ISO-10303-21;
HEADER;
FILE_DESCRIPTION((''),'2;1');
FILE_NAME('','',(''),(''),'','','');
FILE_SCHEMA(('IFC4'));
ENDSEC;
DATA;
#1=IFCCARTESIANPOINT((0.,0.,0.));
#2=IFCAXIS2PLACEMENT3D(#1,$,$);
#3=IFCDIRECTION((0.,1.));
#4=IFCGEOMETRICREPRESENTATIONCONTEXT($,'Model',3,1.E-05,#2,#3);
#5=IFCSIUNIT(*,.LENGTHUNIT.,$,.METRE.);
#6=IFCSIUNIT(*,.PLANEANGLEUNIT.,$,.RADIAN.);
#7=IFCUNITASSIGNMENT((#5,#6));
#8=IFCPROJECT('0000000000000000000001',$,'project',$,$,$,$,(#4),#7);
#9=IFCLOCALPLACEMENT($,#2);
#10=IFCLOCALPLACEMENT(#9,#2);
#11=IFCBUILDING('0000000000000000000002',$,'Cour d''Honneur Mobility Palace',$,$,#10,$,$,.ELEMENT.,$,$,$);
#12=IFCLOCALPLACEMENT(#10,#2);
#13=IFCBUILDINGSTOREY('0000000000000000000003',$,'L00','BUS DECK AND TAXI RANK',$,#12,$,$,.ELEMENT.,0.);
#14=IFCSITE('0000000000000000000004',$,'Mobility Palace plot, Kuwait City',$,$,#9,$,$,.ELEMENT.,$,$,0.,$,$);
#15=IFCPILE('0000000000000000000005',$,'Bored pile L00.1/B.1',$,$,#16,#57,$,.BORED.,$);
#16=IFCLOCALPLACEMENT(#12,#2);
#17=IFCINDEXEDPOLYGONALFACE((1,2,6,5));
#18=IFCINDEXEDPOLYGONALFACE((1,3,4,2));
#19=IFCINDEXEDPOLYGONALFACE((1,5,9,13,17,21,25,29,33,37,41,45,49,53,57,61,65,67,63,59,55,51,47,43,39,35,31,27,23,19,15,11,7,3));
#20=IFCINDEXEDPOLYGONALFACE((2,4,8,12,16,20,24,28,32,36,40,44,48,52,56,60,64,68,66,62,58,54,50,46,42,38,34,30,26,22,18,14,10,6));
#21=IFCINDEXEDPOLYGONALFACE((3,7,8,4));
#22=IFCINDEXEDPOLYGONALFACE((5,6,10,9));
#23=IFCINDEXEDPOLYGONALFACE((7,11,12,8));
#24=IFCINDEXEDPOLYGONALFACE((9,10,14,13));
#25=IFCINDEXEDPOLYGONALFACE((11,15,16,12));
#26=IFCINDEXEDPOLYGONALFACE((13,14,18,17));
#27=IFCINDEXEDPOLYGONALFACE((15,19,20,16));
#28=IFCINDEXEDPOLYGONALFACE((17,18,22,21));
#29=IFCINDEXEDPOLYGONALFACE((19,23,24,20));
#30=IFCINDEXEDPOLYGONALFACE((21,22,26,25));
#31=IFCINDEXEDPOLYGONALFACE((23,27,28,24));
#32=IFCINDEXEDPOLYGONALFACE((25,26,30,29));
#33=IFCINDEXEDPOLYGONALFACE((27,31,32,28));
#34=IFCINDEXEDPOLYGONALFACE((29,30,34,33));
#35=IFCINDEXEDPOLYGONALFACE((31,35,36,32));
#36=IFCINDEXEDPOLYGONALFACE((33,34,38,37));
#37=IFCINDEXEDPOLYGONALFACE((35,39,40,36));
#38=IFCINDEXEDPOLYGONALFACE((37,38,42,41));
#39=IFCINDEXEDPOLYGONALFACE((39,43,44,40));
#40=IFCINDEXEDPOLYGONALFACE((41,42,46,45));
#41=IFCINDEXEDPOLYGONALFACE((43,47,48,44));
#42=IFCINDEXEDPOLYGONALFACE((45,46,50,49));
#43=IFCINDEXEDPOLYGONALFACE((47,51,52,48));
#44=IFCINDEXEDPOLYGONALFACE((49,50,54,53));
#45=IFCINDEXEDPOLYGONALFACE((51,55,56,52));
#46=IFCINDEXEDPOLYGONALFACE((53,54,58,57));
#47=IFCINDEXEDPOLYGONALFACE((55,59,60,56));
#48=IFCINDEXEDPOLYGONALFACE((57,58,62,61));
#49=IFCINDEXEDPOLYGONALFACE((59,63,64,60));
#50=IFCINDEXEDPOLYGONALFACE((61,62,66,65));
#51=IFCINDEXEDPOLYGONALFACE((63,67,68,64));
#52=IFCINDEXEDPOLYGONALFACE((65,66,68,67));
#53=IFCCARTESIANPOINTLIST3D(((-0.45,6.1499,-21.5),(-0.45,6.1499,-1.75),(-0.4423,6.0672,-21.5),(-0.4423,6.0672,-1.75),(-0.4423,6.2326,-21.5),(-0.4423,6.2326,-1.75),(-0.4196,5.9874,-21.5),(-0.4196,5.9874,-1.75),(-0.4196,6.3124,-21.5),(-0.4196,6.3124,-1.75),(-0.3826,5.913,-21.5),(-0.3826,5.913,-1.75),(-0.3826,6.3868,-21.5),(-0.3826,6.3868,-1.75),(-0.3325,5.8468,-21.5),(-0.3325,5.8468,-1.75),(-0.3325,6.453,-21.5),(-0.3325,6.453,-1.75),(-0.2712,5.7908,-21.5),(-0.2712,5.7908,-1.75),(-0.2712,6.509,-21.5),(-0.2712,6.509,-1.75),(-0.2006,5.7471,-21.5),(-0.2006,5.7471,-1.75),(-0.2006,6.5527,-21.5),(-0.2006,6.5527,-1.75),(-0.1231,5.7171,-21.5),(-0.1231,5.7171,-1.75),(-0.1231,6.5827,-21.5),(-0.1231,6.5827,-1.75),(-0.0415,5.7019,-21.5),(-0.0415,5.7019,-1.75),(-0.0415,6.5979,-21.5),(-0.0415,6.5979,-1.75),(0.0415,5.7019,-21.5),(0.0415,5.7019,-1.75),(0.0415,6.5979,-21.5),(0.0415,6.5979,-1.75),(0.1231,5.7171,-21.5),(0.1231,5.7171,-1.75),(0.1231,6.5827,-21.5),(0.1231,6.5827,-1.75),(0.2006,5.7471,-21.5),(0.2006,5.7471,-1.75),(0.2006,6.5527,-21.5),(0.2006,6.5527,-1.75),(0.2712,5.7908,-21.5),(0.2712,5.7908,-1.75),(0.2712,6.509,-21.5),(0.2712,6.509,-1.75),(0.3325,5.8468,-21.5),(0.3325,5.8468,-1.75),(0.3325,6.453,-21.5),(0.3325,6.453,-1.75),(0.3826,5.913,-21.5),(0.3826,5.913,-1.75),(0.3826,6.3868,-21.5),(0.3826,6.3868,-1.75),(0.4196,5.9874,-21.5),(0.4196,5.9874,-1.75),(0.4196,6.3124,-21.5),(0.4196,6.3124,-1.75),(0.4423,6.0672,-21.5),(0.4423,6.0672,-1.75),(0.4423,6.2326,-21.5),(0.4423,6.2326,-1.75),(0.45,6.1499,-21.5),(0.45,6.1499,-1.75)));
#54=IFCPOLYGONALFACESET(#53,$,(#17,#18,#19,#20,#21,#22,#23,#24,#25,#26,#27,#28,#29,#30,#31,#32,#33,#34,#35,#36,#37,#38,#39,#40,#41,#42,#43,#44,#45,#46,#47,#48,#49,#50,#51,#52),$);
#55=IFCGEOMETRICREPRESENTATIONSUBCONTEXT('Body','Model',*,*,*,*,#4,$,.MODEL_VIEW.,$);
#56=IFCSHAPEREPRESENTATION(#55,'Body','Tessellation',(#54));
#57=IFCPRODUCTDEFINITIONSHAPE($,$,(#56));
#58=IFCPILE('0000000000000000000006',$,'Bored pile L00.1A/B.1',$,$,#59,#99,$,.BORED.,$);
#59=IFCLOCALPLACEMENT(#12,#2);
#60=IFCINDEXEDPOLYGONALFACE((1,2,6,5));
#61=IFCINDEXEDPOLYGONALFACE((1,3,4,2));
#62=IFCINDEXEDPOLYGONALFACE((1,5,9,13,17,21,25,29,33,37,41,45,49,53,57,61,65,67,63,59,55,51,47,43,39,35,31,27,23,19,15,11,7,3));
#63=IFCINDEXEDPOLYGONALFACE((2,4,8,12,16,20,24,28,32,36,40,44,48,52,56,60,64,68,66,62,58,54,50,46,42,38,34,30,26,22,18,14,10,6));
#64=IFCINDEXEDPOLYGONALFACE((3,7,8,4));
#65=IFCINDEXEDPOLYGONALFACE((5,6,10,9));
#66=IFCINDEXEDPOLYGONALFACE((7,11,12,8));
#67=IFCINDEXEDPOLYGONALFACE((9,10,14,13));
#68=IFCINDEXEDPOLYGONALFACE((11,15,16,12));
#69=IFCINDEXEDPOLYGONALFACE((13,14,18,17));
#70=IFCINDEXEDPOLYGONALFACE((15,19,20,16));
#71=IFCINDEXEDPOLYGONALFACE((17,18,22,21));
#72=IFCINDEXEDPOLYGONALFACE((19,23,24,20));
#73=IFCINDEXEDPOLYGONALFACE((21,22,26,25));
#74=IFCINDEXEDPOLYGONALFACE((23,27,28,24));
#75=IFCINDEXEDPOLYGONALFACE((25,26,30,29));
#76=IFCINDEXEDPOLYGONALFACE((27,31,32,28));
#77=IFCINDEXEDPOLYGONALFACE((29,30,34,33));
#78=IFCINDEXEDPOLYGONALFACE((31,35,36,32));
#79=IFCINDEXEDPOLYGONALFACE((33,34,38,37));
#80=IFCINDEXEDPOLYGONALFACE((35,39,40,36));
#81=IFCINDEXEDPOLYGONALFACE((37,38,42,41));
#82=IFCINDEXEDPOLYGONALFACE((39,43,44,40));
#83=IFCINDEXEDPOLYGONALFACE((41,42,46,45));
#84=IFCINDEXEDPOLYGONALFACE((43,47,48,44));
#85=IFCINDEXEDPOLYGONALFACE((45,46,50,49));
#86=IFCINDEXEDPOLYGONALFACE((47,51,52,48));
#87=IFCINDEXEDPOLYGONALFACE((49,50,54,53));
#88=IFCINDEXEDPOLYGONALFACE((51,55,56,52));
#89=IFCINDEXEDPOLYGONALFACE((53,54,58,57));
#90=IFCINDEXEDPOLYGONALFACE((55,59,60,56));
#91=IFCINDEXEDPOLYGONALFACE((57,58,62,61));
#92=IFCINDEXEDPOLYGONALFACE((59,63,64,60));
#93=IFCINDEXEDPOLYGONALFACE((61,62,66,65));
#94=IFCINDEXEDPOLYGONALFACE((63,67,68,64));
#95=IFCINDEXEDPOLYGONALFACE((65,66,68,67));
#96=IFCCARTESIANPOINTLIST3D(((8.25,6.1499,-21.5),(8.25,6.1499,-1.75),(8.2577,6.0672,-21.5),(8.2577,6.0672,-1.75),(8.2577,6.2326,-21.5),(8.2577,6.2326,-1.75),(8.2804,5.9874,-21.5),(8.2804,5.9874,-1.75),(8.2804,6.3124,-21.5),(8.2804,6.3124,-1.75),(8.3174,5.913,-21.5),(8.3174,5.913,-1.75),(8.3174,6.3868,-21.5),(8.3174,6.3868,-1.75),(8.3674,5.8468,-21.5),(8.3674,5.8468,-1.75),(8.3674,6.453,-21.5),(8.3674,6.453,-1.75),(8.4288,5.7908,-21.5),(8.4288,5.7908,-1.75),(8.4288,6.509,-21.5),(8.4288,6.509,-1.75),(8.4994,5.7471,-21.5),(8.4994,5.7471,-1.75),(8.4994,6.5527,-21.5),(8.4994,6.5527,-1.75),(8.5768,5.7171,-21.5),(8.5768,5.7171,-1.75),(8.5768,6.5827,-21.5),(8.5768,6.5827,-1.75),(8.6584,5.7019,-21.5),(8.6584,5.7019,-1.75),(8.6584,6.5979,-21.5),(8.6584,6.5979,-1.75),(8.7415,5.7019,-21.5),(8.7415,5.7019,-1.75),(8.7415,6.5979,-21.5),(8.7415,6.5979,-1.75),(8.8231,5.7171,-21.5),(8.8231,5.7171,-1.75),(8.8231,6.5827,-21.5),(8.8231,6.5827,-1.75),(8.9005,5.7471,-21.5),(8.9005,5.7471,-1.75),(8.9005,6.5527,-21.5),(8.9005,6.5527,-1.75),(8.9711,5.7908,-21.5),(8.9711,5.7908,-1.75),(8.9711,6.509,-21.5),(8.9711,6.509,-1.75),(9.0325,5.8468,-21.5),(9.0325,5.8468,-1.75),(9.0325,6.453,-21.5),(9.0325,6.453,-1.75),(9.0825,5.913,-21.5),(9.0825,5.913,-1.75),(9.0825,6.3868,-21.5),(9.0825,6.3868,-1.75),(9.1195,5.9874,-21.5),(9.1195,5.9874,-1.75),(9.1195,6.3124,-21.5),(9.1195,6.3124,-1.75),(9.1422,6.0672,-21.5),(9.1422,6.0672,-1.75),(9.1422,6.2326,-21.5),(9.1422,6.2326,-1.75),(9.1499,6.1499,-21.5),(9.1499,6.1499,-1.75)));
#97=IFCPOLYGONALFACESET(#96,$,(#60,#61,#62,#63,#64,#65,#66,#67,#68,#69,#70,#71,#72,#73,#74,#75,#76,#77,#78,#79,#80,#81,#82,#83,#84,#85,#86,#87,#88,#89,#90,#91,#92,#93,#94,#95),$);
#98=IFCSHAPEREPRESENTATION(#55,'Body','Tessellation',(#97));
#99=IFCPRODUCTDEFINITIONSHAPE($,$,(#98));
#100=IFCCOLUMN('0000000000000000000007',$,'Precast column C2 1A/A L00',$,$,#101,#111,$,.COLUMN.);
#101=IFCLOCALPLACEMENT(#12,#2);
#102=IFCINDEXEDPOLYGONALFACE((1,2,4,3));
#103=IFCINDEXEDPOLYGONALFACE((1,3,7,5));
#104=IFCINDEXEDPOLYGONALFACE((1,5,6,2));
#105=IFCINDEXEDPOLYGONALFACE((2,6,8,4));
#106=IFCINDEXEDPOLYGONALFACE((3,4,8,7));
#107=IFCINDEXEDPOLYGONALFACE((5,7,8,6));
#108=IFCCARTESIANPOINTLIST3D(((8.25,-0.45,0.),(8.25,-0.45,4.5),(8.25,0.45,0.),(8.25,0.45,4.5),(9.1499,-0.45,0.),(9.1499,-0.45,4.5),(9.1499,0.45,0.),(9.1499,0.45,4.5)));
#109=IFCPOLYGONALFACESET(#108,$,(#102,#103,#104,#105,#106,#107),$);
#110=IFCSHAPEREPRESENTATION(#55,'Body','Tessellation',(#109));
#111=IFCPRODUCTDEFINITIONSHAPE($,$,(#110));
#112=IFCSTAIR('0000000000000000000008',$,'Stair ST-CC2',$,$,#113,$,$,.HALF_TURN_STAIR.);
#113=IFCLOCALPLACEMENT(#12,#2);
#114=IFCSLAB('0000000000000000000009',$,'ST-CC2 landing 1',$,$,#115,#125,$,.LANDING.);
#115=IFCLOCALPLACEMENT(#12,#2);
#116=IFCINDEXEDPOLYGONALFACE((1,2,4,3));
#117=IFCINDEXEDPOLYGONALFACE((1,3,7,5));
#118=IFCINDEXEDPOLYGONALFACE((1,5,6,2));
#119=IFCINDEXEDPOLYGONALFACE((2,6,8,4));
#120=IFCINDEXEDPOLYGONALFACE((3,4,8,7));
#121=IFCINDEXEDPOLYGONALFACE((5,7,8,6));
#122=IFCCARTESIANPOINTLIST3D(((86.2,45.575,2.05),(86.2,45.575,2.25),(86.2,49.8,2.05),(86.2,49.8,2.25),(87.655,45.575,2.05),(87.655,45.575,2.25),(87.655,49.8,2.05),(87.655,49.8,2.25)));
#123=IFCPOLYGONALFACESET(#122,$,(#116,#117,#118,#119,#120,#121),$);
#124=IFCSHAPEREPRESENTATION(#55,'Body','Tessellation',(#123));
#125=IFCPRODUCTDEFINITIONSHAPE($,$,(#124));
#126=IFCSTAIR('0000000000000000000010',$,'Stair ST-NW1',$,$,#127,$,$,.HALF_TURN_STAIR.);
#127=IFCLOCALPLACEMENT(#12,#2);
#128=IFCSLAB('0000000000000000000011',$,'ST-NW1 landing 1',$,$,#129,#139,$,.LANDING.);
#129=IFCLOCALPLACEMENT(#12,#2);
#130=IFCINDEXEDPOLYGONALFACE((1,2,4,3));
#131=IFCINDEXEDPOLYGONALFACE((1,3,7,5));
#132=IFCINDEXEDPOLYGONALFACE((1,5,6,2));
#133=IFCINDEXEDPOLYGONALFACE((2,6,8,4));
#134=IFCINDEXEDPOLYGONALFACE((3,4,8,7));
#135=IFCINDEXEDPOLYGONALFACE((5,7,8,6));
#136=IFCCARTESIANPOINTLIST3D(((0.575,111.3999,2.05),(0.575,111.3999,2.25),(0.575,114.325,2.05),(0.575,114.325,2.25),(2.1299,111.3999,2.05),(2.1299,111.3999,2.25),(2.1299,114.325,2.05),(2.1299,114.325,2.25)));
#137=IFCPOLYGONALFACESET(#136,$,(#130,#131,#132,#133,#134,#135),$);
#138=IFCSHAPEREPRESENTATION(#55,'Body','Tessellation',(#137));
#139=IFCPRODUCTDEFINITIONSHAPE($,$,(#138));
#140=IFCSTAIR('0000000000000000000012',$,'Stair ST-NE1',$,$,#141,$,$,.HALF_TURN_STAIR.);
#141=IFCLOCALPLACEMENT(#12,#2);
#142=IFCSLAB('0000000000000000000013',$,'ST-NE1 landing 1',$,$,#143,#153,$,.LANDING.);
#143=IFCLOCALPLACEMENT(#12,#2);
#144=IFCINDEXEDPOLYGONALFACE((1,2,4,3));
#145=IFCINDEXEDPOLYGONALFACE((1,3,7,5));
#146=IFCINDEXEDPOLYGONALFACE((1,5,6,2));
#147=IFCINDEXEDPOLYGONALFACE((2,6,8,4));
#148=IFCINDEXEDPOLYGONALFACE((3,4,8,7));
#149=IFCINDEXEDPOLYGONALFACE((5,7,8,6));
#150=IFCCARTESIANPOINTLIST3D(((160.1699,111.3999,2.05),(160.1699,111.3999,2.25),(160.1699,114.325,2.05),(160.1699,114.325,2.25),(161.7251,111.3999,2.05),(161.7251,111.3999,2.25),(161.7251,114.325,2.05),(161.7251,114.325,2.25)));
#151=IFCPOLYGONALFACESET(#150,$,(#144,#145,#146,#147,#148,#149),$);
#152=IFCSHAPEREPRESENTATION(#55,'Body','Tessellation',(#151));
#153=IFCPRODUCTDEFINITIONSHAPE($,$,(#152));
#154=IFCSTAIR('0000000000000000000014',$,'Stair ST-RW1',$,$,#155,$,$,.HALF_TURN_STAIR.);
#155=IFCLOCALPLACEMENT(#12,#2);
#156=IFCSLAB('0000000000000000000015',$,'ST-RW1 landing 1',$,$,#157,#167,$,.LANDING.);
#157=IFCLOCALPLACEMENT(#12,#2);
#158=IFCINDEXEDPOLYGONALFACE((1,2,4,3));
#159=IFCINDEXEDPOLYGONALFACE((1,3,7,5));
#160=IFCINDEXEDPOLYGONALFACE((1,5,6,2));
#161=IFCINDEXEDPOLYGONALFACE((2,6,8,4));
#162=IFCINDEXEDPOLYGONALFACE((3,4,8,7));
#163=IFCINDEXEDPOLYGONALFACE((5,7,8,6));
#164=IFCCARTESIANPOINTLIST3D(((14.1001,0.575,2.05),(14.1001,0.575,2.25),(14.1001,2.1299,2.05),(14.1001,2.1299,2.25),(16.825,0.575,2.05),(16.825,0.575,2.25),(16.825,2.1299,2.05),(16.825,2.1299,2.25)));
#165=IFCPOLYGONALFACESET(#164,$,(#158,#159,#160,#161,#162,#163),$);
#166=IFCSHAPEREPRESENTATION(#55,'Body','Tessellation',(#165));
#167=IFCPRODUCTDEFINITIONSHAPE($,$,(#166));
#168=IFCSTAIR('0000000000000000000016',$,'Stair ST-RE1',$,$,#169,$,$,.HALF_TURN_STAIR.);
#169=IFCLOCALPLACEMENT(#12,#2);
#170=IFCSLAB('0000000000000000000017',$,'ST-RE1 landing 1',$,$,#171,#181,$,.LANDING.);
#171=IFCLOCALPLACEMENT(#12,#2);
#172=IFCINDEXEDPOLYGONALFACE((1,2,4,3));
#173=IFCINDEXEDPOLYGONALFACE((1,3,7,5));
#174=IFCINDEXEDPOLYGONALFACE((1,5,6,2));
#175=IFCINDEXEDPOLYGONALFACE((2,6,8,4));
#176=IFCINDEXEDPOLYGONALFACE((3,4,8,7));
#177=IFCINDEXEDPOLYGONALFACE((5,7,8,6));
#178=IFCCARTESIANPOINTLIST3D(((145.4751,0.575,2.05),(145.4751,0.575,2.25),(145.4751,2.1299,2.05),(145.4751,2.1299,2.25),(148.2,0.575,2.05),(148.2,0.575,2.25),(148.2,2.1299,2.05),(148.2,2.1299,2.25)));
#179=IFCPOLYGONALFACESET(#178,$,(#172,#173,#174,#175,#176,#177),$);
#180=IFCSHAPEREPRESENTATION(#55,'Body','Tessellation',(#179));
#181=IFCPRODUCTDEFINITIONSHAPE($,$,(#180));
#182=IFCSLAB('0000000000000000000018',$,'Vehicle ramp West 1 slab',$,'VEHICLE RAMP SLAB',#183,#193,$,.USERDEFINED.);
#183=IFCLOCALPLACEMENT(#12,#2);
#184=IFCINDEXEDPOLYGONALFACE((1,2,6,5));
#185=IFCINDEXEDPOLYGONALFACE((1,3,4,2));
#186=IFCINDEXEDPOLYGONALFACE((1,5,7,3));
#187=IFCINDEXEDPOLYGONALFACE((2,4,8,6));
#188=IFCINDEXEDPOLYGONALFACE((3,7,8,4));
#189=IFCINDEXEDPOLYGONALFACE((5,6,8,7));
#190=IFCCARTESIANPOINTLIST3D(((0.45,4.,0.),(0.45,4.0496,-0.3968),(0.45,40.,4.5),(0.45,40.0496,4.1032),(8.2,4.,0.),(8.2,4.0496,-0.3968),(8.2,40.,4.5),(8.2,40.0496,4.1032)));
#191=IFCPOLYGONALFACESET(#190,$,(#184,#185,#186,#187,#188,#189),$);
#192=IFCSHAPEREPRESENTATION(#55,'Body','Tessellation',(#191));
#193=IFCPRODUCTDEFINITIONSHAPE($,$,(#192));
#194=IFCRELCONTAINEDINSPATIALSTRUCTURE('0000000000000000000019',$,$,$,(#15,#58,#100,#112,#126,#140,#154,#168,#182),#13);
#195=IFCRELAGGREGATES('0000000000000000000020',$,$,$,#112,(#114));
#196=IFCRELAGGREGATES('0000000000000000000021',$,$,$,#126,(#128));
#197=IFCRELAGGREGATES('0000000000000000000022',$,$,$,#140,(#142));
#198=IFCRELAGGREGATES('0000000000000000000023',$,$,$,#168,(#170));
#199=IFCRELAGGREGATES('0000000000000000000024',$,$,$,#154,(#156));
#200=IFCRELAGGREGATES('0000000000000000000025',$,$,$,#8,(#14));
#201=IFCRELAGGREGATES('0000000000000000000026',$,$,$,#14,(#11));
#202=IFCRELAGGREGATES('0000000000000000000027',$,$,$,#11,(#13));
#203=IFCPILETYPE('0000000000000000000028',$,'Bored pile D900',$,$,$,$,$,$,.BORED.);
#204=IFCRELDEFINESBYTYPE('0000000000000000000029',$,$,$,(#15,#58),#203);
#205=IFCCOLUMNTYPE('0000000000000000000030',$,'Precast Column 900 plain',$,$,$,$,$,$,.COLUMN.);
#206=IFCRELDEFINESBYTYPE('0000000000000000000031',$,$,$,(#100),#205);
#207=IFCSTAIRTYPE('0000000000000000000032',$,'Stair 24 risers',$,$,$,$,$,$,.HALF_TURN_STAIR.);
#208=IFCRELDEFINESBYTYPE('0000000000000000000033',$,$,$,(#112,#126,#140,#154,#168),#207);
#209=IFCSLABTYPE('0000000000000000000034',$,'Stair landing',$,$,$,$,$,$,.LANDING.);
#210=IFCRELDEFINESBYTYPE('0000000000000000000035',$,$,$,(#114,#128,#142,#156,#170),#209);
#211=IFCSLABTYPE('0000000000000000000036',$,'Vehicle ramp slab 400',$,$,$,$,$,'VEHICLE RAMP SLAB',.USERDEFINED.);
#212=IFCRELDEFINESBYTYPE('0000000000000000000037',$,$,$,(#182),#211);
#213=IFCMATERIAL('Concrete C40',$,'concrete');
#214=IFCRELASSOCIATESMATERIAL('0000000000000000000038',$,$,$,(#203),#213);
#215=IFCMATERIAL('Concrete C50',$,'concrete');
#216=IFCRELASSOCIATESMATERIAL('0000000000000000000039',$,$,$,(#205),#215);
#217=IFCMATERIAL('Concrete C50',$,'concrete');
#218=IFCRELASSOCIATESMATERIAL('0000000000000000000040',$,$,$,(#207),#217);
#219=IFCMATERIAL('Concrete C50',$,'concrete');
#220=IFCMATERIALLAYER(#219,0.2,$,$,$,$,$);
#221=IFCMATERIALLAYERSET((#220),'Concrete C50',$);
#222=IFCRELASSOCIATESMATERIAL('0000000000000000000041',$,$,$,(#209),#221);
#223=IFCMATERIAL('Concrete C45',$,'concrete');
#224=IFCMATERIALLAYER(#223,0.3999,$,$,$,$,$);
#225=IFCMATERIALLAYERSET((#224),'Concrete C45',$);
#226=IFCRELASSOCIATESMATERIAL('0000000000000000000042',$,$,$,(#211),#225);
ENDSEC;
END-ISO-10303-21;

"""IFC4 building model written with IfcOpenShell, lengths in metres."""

from ifc_helpers import new_model, si_unit, direction, frame, origin, origin_2d, place, context, subcontext, project, spatial, polyline, circle, outline, extrude, material, layer, layer_set, material_profile, profile_set, type_object, element, aggregate, save


model = new_model("IFC4")

# Units and contexts
model_context = context("Model", 3, precision=1e-05, world=origin(), true_north=direction((0.0, 1.0)))
body_context = subcontext(model_context, "Body", "Model", "MODEL_VIEW")
ifc_project = project(units=[si_unit("LENGTHUNIT", "METRE"), si_unit("PLANEANGLEUNIT", "RADIAN")], contexts=[model_context])

# Site, building, storey
site_placement = place(None, origin())
site = spatial("IfcSite", under=ifc_project, at=site_placement, Name="Mobility Palace plot, Kuwait City", CompositionType="ELEMENT", RefElevation=0.0)
building_placement = place(site_placement, origin())
building = spatial("IfcBuilding", under=site, at=building_placement, Name="Cour d'Honneur Mobility Palace", CompositionType="ELEMENT")
storey_placement = place(building_placement, origin())
storey = spatial("IfcBuildingStorey", under=building, at=storey_placement, Name="L00", Description="BUS DECK AND TAXI RANK", CompositionType="ELEMENT", Elevation=0.0)

# Piles
ifc_material_1 = material(Name="Concrete C40", Category="concrete")
ifc_material_profile_1 = material_profile(ifc_material_1, circle(Radius=0.45, at=origin_2d()), Name="Bored pile D900")
ifc_profile_set_1 = profile_set([ifc_material_profile_1], Name="Concrete C40")
pile_type_1 = type_object("IfcPileType", Name="Bored pile D900", PredefinedType="BORED", material=ifc_profile_set_1)
for number, where, z_axis, x_axis, name in (
    (1, (0.0, 6.1499, -1.75), (0.0, 0.0, -1.0), (1.0, 0.0, 0.0), "Bored pile L00.1/B.1"),
    (2, (8.7, 6.1499, -1.75), (0.0, 0.0, -1.0), (1.0, 0.0, 0.0), "Bored pile L00.1A/B.1"),
):
    element("IfcPile", number, at=place(storey_placement, frame(where, z_axis=z_axis, x_axis=x_axis)), inside=storey, type_object=pile_type_1, Name=name, PredefinedType="BORED", context=body_context, shape_type="SweptSolid", body=[
        extrude(circle(Radius=0.45, at=origin_2d()), origin(), (0.0, 0.0, 1.0), 19.75),
    ])

# Column
ifc_material_2 = material(Name="Concrete C50", Category="concrete")
ifc_material_profile_2 = material_profile(ifc_material_2, outline(polyline([(-0.45, -0.45), (0.45, -0.45), (0.45, 0.45), (-0.45, 0.45), (-0.45, -0.45)])), Name="PC C900 plain")
ifc_profile_set_2 = profile_set([ifc_material_profile_2], Name="Concrete C50")
column_type = type_object("IfcColumnType", Name="Precast Column 900 plain", PredefinedType="COLUMN", material=ifc_profile_set_2)
column_placement = place(storey_placement, frame((8.7, 0.0, 0.0), z_axis=(0.0, 0.0, 1.0), x_axis=(1.0, 0.0, 0.0)))
element("IfcColumn", 3, at=column_placement, inside=storey, type_object=column_type, Name="Precast column C2 1A/A L00", PredefinedType="COLUMN", context=body_context, shape_type="SweptSolid", body=[
    extrude(outline(polyline([(-0.45, -0.45), (0.45, -0.45), (0.45, 0.45), (-0.45, 0.45), (-0.45, -0.45)])), origin(), (0.0, 0.0, 1.0), 4.5),
])

# Stairs, slabs
ifc_material_3 = material(Name="Concrete C50", Category="concrete")
stair_type = type_object("IfcStairType", Name="Stair 24 risers", PredefinedType="HALF_TURN_STAIR", material=ifc_material_3)
stair_1_placement = place(storey_placement, origin())
stair_1 = element("IfcStair", 4, at=stair_1_placement, inside=storey, type_object=stair_type, Name="Stair ST-CC2", PredefinedType="HALF_TURN_STAIR")
ifc_material_4 = material(Name="Concrete C50", Category="concrete")
ifc_layer_1 = layer(ifc_material_4, 0.2)
ifc_layer_set_1 = layer_set([ifc_layer_1], Name="Concrete C50")
slab_type_1 = type_object("IfcSlabType", Name="Stair landing", PredefinedType="LANDING", material=ifc_layer_set_1)
slab_1_placement = place(storey_placement, frame((0.0, 0.0, 2.05)))
slab_1 = element("IfcSlab", 5, at=slab_1_placement, type_object=slab_type_1, Name="ST-CC2 landing 1", PredefinedType="LANDING", context=body_context, shape_type="SweptSolid", body=[
    extrude(outline(polyline([(86.2, 45.575), (87.655, 45.575), (87.655, 49.8), (86.2, 49.8), (86.2, 45.575)])), origin(), (0.0, 0.0, 1.0), 0.2),
])
aggregate(stair_1, [slab_1])
stair_2_placement = place(storey_placement, origin())
stair_2 = element("IfcStair", 6, at=stair_2_placement, inside=storey, type_object=stair_type, Name="Stair ST-NW1", PredefinedType="HALF_TURN_STAIR")
slab_2_placement = place(storey_placement, frame((0.0, 0.0, 2.05)))
slab_2 = element("IfcSlab", 7, at=slab_2_placement, type_object=slab_type_1, Name="ST-NW1 landing 1", PredefinedType="LANDING", context=body_context, shape_type="SweptSolid", body=[
    extrude(outline(polyline([(0.575, 111.3999), (2.1299, 111.3999), (2.1299, 114.325), (0.575, 114.325), (0.575, 111.3999)])), origin(), (0.0, 0.0, 1.0), 0.2),
])
aggregate(stair_2, [slab_2])
stair_3_placement = place(storey_placement, origin())
stair_3 = element("IfcStair", 8, at=stair_3_placement, inside=storey, type_object=stair_type, Name="Stair ST-NE1", PredefinedType="HALF_TURN_STAIR")
slab_3_placement = place(storey_placement, frame((0.0, 0.0, 2.05)))
slab_3 = element("IfcSlab", 9, at=slab_3_placement, type_object=slab_type_1, Name="ST-NE1 landing 1", PredefinedType="LANDING", context=body_context, shape_type="SweptSolid", body=[
    extrude(outline(polyline([(160.1699, 111.3999), (161.7251, 111.3999), (161.7251, 114.325), (160.1699, 114.325), (160.1699, 111.3999)])), origin(), (0.0, 0.0, 1.0), 0.2),
])
aggregate(stair_3, [slab_3])
stair_4_placement = place(storey_placement, origin())
stair_4 = element("IfcStair", 10, at=stair_4_placement, inside=storey, type_object=stair_type, Name="Stair ST-RW1", PredefinedType="HALF_TURN_STAIR")
slab_4_placement = place(storey_placement, frame((0.0, 0.0, 2.05)))
slab_4 = element("IfcSlab", 11, at=slab_4_placement, type_object=slab_type_1, Name="ST-RW1 landing 1", PredefinedType="LANDING", context=body_context, shape_type="SweptSolid", body=[
    extrude(outline(polyline([(14.1001, 0.575), (16.825, 0.575), (16.825, 2.1299), (14.1001, 2.1299), (14.1001, 0.575)])), origin(), (0.0, 0.0, 1.0), 0.2),
])
stair_5_placement = place(storey_placement, origin())
stair_5 = element("IfcStair", 12, at=stair_5_placement, inside=storey, type_object=stair_type, Name="Stair ST-RE1", PredefinedType="HALF_TURN_STAIR")
slab_5_placement = place(storey_placement, frame((0.0, 0.0, 2.05)))
slab_5 = element("IfcSlab", 13, at=slab_5_placement, type_object=slab_type_1, Name="ST-RE1 landing 1", PredefinedType="LANDING", context=body_context, shape_type="SweptSolid", body=[
    extrude(outline(polyline([(145.4751, 0.575), (148.2, 0.575), (148.2, 2.1299), (145.4751, 2.1299), (145.4751, 0.575)])), origin(), (0.0, 0.0, 1.0), 0.2),
])
aggregate(stair_5, [slab_5])

# Slab
ifc_material_5 = material(Name="Concrete C45", Category="concrete")
ifc_layer_2 = layer(ifc_material_5, 0.3999)
ifc_layer_set_2 = layer_set([ifc_layer_2], Name="Concrete C45")
slab_type_2 = type_object("IfcSlabType", Name="Vehicle ramp slab 400", ElementType="VEHICLE RAMP SLAB", PredefinedType="USERDEFINED", material=ifc_layer_set_2)
slab_6_placement = place(storey_placement, frame((0.45, 4.0, 0.0), z_axis=(0.0, -0.124035, 0.992278), x_axis=(1.0, 0.0, 0.0)))
element("IfcSlab", 14, at=slab_6_placement, inside=storey, type_object=slab_type_2, Name="Vehicle ramp West 1 slab", ObjectType="VEHICLE RAMP SLAB", PredefinedType="USERDEFINED", context=body_context, shape_type="SweptSolid", body=[
    extrude(outline(polyline([(0.0, 0.0), (7.75, 0.0), (7.75, 36.2802), (0.0, 36.2802), (0.0, 0.0)])), origin(), (0.0, 0.0, -1.0), 0.3999),
])

aggregate(stair_4, [slab_4])

save(model, "model.ifc")
